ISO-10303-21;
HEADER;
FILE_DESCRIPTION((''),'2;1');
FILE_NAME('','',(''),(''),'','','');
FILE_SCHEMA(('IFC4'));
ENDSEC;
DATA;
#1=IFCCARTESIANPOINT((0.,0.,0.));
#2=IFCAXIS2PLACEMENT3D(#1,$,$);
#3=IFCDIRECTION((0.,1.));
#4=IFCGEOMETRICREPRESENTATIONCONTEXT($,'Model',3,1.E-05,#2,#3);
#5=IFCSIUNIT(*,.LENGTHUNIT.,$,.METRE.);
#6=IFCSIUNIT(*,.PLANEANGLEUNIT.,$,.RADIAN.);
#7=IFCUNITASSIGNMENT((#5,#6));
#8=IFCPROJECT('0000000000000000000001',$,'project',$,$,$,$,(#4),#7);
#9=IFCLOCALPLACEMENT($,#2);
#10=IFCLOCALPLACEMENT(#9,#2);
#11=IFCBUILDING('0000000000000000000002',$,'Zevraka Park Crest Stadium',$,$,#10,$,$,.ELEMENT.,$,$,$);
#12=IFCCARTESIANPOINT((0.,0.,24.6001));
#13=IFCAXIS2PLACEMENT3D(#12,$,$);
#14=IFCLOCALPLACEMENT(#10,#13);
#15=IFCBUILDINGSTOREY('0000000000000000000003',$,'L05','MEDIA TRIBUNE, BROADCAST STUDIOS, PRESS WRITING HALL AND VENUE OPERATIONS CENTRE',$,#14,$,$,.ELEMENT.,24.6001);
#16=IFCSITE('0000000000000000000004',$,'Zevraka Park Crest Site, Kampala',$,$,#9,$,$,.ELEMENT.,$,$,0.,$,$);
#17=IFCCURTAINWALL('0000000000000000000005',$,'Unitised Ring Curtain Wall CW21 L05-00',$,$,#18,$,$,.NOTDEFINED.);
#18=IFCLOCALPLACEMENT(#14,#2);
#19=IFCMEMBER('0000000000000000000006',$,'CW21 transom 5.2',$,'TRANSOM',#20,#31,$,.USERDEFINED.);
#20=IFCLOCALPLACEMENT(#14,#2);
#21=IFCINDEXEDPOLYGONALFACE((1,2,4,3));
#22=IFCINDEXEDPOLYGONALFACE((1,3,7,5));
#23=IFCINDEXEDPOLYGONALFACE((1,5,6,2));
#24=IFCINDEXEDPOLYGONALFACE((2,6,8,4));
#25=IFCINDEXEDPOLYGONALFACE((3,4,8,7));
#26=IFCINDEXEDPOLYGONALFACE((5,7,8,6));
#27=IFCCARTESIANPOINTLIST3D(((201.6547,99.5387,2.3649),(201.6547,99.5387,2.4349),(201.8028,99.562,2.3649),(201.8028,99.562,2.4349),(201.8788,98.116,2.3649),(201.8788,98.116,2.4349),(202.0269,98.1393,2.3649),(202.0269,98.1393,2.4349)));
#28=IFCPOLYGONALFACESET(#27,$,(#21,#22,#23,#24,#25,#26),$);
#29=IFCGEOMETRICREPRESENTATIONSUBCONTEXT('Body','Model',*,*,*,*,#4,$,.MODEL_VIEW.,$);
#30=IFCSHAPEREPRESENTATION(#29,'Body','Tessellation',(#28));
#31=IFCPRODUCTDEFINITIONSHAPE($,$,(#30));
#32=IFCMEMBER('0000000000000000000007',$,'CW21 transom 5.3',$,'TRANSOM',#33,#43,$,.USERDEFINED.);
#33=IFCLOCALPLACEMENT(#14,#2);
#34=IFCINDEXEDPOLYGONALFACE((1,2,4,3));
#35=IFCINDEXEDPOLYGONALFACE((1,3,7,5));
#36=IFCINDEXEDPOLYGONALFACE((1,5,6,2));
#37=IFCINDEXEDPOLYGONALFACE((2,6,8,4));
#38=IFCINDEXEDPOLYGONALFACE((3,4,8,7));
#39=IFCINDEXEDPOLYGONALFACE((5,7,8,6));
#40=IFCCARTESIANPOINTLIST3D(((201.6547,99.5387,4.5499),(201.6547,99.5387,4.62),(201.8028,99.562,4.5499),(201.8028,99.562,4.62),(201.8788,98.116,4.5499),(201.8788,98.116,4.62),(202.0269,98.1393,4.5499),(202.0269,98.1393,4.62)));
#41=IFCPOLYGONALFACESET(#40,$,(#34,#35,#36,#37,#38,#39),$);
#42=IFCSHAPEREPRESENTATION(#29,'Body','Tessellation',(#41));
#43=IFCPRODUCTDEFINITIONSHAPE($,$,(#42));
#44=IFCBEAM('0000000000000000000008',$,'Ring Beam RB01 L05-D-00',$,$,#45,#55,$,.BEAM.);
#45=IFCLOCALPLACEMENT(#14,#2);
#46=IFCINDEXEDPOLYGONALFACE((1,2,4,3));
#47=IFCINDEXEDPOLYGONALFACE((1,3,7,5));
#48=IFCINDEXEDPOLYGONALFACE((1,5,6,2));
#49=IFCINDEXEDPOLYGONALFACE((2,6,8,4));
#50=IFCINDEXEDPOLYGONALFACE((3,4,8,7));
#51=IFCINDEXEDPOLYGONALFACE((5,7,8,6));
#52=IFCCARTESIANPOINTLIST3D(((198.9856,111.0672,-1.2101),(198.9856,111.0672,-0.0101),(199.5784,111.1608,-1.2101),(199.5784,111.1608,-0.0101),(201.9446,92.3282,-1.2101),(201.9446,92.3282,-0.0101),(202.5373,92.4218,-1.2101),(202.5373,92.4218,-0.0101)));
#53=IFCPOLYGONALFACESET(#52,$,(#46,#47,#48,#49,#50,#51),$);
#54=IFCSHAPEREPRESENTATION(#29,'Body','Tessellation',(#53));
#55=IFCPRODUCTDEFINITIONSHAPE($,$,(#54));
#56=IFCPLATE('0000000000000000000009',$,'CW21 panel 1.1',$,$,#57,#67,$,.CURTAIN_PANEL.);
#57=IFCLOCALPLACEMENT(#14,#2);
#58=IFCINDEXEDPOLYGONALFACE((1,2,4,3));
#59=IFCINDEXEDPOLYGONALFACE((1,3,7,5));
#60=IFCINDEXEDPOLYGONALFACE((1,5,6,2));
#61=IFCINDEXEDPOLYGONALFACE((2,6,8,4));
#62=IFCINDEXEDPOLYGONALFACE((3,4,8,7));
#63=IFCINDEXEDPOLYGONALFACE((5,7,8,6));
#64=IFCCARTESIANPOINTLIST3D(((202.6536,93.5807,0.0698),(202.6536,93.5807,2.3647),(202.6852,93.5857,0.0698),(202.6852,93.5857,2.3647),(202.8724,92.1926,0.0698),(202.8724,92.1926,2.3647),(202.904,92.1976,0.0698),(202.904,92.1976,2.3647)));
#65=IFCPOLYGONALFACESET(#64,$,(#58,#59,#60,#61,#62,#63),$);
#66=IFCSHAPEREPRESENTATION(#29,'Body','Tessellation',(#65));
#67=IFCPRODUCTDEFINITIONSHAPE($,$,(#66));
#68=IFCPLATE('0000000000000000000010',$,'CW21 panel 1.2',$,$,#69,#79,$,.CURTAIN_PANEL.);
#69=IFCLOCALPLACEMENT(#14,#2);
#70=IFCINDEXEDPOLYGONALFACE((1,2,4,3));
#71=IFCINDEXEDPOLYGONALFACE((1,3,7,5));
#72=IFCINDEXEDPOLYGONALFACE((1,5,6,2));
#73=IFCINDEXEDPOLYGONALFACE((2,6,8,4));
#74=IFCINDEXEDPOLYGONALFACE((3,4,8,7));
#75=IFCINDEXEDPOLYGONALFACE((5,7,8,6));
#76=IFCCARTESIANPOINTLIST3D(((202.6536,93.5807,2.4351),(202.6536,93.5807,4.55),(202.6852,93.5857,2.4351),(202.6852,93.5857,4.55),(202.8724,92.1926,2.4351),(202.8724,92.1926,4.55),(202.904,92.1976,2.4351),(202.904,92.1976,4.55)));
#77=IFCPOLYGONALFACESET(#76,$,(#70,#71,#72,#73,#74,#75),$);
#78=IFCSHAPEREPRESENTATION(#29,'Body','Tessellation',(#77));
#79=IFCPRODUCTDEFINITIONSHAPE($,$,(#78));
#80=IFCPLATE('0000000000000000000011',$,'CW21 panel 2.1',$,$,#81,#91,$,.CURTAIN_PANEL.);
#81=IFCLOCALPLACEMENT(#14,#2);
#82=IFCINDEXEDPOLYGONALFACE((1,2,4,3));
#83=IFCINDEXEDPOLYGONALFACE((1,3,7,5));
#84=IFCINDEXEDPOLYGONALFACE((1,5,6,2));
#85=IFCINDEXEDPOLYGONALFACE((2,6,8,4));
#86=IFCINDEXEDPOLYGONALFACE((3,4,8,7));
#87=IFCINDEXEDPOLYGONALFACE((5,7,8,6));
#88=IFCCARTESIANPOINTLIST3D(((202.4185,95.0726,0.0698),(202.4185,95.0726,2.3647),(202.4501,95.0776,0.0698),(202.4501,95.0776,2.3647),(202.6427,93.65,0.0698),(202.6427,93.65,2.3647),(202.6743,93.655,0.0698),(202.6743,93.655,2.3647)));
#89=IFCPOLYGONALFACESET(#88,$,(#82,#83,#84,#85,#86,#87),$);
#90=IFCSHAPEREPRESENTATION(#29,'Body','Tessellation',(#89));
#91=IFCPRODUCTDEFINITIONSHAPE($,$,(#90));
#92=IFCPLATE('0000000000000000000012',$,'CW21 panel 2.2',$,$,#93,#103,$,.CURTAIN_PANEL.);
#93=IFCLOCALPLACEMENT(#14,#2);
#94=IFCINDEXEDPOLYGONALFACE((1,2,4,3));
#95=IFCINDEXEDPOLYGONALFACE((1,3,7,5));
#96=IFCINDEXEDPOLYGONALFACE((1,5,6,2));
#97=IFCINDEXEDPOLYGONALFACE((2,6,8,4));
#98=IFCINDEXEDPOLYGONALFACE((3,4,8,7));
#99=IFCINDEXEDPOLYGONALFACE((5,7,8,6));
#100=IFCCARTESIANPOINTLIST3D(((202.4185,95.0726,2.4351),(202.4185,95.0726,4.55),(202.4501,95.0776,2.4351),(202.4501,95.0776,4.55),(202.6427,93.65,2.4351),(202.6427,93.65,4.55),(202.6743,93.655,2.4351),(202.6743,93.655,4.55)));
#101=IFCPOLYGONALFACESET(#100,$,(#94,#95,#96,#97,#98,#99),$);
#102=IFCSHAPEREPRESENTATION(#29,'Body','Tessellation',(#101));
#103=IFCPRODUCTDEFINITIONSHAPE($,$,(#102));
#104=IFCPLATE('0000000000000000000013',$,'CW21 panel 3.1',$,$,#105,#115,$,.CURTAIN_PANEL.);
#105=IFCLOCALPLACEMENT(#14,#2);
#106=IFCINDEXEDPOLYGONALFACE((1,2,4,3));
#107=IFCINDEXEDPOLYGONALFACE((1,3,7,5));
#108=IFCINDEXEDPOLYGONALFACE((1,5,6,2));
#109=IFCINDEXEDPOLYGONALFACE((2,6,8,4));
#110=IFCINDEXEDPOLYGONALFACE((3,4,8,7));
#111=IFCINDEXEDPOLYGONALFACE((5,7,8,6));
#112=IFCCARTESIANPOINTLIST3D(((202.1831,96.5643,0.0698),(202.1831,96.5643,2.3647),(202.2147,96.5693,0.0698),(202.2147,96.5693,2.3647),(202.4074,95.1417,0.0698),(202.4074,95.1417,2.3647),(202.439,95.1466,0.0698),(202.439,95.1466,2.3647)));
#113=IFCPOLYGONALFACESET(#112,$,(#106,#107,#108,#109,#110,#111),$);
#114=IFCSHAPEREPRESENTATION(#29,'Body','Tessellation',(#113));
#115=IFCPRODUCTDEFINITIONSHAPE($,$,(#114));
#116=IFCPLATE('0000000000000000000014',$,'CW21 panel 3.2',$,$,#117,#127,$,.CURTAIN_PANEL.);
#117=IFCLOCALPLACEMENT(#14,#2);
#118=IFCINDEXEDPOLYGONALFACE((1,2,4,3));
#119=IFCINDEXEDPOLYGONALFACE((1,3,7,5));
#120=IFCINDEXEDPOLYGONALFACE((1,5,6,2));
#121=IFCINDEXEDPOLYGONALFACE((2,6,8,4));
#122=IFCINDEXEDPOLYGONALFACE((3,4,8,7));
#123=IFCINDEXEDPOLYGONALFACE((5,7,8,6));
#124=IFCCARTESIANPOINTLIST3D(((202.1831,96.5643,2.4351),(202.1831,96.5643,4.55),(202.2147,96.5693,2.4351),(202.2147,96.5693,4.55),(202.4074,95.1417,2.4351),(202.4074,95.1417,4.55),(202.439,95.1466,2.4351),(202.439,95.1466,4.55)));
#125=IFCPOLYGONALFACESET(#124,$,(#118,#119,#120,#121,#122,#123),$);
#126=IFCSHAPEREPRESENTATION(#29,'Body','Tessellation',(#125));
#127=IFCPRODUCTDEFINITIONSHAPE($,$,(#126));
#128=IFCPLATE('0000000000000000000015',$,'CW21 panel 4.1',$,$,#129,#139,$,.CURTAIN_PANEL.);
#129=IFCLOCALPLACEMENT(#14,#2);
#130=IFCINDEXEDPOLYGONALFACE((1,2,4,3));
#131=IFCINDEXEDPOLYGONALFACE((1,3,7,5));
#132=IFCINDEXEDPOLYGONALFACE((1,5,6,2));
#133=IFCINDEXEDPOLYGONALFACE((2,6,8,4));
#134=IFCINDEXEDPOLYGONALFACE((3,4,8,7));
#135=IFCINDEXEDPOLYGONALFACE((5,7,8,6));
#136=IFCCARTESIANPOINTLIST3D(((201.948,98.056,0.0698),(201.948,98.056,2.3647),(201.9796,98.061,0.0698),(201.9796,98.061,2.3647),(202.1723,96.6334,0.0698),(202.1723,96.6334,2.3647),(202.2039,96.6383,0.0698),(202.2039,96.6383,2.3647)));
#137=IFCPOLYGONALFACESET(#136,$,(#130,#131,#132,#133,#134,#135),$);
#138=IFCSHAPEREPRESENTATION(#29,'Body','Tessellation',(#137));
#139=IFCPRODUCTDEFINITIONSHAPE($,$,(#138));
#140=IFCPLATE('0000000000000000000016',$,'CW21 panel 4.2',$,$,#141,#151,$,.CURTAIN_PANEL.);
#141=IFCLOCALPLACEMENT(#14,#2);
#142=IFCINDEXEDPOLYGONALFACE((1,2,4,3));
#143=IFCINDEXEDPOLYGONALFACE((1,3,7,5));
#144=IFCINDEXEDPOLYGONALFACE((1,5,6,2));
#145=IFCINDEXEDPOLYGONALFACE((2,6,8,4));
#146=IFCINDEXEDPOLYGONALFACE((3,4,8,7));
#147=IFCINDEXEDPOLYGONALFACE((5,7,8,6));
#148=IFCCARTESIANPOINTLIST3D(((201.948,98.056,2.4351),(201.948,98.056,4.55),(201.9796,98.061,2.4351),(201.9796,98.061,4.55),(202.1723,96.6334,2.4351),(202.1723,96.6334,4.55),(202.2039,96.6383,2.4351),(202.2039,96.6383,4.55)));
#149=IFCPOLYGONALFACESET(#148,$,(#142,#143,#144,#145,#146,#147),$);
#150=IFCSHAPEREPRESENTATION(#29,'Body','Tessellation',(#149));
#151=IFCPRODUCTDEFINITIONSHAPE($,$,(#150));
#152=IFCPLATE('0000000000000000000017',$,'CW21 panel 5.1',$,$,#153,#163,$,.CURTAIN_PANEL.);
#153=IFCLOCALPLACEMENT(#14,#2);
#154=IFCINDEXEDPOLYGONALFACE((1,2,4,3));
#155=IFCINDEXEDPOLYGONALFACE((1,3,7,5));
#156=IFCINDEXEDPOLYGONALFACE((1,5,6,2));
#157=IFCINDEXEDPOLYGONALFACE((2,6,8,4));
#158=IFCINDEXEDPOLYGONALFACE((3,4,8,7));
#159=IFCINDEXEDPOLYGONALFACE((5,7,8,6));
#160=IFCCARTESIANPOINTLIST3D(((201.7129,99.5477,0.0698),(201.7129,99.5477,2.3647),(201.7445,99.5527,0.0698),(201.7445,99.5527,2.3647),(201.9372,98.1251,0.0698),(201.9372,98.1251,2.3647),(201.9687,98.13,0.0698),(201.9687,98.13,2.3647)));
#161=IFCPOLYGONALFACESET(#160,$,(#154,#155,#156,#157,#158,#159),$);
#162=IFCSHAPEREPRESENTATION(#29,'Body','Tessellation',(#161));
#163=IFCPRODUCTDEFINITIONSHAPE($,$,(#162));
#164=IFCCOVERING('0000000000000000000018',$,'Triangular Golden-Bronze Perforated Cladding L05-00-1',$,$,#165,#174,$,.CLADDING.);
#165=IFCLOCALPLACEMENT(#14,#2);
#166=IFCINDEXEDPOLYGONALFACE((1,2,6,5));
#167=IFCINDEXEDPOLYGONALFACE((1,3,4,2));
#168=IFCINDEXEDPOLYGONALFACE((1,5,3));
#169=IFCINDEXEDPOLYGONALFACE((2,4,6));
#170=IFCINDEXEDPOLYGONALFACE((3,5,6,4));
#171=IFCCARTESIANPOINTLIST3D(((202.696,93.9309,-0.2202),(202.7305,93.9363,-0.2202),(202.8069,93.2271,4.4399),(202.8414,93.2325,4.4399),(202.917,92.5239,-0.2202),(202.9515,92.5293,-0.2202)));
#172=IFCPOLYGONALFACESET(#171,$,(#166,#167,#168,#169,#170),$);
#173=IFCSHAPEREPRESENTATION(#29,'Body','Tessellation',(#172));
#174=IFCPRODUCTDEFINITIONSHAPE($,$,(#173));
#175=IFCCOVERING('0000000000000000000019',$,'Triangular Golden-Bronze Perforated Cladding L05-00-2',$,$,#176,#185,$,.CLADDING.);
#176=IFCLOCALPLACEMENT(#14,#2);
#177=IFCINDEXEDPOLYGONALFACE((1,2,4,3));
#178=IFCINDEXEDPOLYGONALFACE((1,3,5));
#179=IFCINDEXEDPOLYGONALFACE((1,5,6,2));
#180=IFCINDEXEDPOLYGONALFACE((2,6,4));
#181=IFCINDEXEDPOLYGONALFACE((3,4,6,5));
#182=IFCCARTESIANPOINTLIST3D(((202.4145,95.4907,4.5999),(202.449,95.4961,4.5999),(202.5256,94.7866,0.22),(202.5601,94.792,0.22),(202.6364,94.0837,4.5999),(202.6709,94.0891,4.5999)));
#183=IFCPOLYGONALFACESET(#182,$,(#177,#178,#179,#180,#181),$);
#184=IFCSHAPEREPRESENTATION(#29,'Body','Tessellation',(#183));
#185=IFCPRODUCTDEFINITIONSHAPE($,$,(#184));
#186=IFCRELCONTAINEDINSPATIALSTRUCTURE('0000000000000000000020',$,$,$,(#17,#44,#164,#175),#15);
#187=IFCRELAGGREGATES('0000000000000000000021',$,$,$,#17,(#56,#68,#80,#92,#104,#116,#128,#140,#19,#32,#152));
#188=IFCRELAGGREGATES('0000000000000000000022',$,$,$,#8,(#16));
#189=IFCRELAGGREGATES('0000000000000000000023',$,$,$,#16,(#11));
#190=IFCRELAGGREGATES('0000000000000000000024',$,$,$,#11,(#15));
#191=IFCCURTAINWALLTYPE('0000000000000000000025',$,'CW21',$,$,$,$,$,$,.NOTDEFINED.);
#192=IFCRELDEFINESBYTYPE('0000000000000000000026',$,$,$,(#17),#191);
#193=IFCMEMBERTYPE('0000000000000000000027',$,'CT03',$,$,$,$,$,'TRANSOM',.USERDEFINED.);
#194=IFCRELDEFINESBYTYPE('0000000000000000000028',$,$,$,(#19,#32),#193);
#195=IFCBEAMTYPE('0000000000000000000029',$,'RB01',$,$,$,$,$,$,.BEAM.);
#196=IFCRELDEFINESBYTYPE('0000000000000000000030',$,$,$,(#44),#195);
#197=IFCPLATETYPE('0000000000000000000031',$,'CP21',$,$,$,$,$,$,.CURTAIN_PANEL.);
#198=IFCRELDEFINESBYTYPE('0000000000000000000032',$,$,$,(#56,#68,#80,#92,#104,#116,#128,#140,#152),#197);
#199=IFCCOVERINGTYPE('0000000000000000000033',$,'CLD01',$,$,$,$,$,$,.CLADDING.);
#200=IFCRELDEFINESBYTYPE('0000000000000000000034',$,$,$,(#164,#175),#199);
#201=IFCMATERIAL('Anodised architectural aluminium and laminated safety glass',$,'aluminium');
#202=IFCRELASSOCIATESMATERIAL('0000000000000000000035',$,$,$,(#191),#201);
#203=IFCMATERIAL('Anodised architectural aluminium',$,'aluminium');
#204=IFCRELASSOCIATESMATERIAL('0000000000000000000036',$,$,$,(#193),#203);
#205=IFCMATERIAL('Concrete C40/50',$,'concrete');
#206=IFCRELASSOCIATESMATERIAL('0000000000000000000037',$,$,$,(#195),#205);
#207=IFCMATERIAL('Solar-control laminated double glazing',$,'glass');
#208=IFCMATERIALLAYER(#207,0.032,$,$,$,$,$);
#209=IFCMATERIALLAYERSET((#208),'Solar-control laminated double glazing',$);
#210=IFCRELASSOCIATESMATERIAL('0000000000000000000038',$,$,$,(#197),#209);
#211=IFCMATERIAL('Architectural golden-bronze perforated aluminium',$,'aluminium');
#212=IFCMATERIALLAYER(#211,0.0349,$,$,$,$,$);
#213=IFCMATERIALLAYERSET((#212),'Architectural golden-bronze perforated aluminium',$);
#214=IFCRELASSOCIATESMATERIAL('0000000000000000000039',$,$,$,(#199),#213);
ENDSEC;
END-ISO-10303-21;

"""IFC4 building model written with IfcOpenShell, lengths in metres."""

from ifc_helpers import new_model, si_unit, direction, frame, origin, origin_2d, place, context, subcontext, project, spatial, polyline, rectangle, outline, extrude, material, layer, layer_set, material_profile, profile_set, type_object, element, aggregate, save


model = new_model("IFC4")

# Units and contexts
model_context = context("Model", 3, precision=1e-05, world=origin(), true_north=direction((0.0, 1.0)))
body_context = subcontext(model_context, "Body", "Model", "MODEL_VIEW")
ifc_project = project(units=[si_unit("LENGTHUNIT", "METRE"), si_unit("PLANEANGLEUNIT", "RADIAN")], contexts=[model_context])

# Site, building, storey
site_placement = place(None, origin())
site = spatial("IfcSite", under=ifc_project, at=site_placement, Name="Zevraka Park Crest Site, Kampala", CompositionType="ELEMENT", RefElevation=0.0)
building_placement = place(site_placement, origin())
building = spatial("IfcBuilding", under=site, at=building_placement, Name="Zevraka Park Crest Stadium", CompositionType="ELEMENT")
storey_placement = place(building_placement, frame((0.0, 0.0, 24.6001)))
storey = spatial("IfcBuildingStorey", under=building, at=storey_placement, Name="L05", Description="MEDIA TRIBUNE, BROADCAST STUDIOS, PRESS WRITING HALL AND VENUE OPERATIONS CENTRE", CompositionType="ELEMENT", Elevation=24.6001)

# Curtain wall, members
ifc_material_1 = material(Name="Anodised architectural aluminium and laminated safety glass", Category="aluminium")
curtain_wall_type = type_object("IfcCurtainWallType", Name="CW21", PredefinedType="NOTDEFINED", material=ifc_material_1)
curtain_wall_placement = place(storey_placement, origin())
curtain_wall = element("IfcCurtainWall", 1, at=curtain_wall_placement, inside=storey, type_object=curtain_wall_type, Name="Unitised Ring Curtain Wall CW21 L05-00", PredefinedType="NOTDEFINED")
ifc_material_2 = material(Name="Anodised architectural aluminium", Category="aluminium")
ifc_material_profile_1 = material_profile(ifc_material_2, rectangle(XDim=0.1499, YDim=0.0701, at=origin_2d()), Name="ALU TRANSOM 150x70")
ifc_profile_set_1 = profile_set([ifc_material_profile_1], Name="Anodised architectural aluminium")
member_type_1 = type_object("IfcMemberType", Name="CT03", ElementType="TRANSOM", PredefinedType="USERDEFINED", material=ifc_profile_set_1)
member_1_placement = place(storey_placement, frame((201.9529, 98.1277, 2.3999), z_axis=(-0.155623, 0.987817, 0.0), x_axis=(-0.987817, -0.155623, 0.0)))
member_1 = element("IfcMember", 2, at=member_1_placement, type_object=member_type_1, Name="CW21 transom 5.2", ObjectType="TRANSOM", PredefinedType="USERDEFINED", context=body_context, shape_type="SweptSolid", body=[
    extrude(rectangle(XDim=0.1499, YDim=0.0701, at=origin_2d()), origin(), (0.0, 0.0, 1.0), 1.4402),
])
member_2_placement = place(storey_placement, frame((201.9529, 98.1277, 4.585), z_axis=(-0.155623, 0.987817, 0.0), x_axis=(-0.987817, -0.155623, 0.0)))
member_2 = element("IfcMember", 3, at=member_2_placement, type_object=member_type_1, Name="CW21 transom 5.3", ObjectType="TRANSOM", PredefinedType="USERDEFINED", context=body_context, shape_type="SweptSolid", body=[
    extrude(rectangle(XDim=0.1499, YDim=0.0701, at=origin_2d()), origin(), (0.0, 0.0, 1.0), 1.4402),
])

# Beam
ifc_material_3 = material(Name="Concrete C40/50", Category="concrete")
ifc_material_profile_2 = material_profile(ifc_material_3, rectangle(XDim=0.6001, YDim=1.2, at=origin_2d()), Name="RC 1200x600")
ifc_profile_set_2 = profile_set([ifc_material_profile_2], Name="Concrete C40/50")
beam_type = type_object("IfcBeamType", Name="RB01", PredefinedType="BEAM", material=ifc_profile_set_2)
beam_placement = place(storey_placement, frame((202.241, 92.375, -0.6101), z_axis=(-0.155972, 0.987761, 0.0), x_axis=(-0.987761, -0.155972, 0.0)))
element("IfcBeam", 4, at=beam_placement, inside=storey, type_object=beam_type, Name="Ring Beam RB01 L05-D-00", PredefinedType="BEAM", context=body_context, shape_type="SweptSolid", body=[
    extrude(rectangle(XDim=0.6001, YDim=1.2, at=origin_2d()), origin(), (0.0, 0.0, 1.0), 18.9712),
])

# Plates
ifc_material_4 = material(Name="Solar-control laminated double glazing", Category="glass")
ifc_layer_1 = layer(ifc_material_4, 0.032)
ifc_layer_set_1 = layer_set([ifc_layer_1], Name="Solar-control laminated double glazing")
plate_type = type_object("IfcPlateType", Name="CP21", PredefinedType="CURTAIN_PANEL", material=ifc_layer_set_1)
plate_1_placement = place(storey_placement, frame((202.7788, 92.8892, 0.0698), z_axis=(0.0, 0.0, 1.0), x_axis=(-0.155711, 0.987803, 0.0)))
plate_1 = element("IfcPlate", 5, at=plate_1_placement, type_object=plate_type, Name="CW21 panel 1.1", PredefinedType="CURTAIN_PANEL", context=body_context, shape_type="SweptSolid", body=[
    extrude(rectangle(XDim=1.4053, YDim=0.032, at=origin_2d()), origin(), (0.0, 0.0, 1.0), 2.2949),
])
plate_2_placement = place(storey_placement, frame((202.7788, 92.8892, 2.4351), z_axis=(0.0, 0.0, 1.0), x_axis=(-0.155711, 0.987803, 0.0)))
plate_2 = element("IfcPlate", 6, at=plate_2_placement, type_object=plate_type, Name="CW21 panel 1.2", PredefinedType="CURTAIN_PANEL", context=body_context, shape_type="SweptSolid", body=[
    extrude(rectangle(XDim=1.4053, YDim=0.032, at=origin_2d()), origin(), (0.0, 0.0, 1.0), 2.115),
])
plate_3_placement = place(storey_placement, frame((202.5464, 94.3638, 0.0698), z_axis=(0.0, 0.0, 1.0), x_axis=(-0.155711, 0.987803, 0.0)))
plate_3 = element("IfcPlate", 7, at=plate_3_placement, type_object=plate_type, Name="CW21 panel 2.1", PredefinedType="CURTAIN_PANEL", context=body_context, shape_type="SweptSolid", body=[
    extrude(rectangle(XDim=1.4402, YDim=0.032, at=origin_2d()), origin(), (0.0, 0.0, 1.0), 2.2949),
])
plate_4_placement = place(storey_placement, frame((202.5464, 94.3638, 2.4351), z_axis=(0.0, 0.0, 1.0), x_axis=(-0.155711, 0.987803, 0.0)))
plate_4 = element("IfcPlate", 8, at=plate_4_placement, type_object=plate_type, Name="CW21 panel 2.2", PredefinedType="CURTAIN_PANEL", context=body_context, shape_type="SweptSolid", body=[
    extrude(rectangle(XDim=1.4402, YDim=0.032, at=origin_2d()), origin(), (0.0, 0.0, 1.0), 2.115),
])
plate_5_placement = place(storey_placement, frame((202.311, 95.8555, 0.0698), z_axis=(0.0, 0.0, 1.0), x_axis=(-0.155711, 0.987803, 0.0)))
plate_5 = element("IfcPlate", 9, at=plate_5_placement, type_object=plate_type, Name="CW21 panel 3.1", PredefinedType="CURTAIN_PANEL", context=body_context, shape_type="SweptSolid", body=[
    extrude(rectangle(XDim=1.4402, YDim=0.032, at=origin_2d()), origin(), (0.0, 0.0, 1.0), 2.2949),
])
plate_6_placement = place(storey_placement, frame((202.311, 95.8555, 2.4351), z_axis=(0.0, 0.0, 1.0), x_axis=(-0.155711, 0.987803, 0.0)))
plate_6 = element("IfcPlate", 10, at=plate_6_placement, type_object=plate_type, Name="CW21 panel 3.2", PredefinedType="CURTAIN_PANEL", context=body_context, shape_type="SweptSolid", body=[
    extrude(rectangle(XDim=1.4402, YDim=0.032, at=origin_2d()), origin(), (0.0, 0.0, 1.0), 2.115),
])
plate_7_placement = place(storey_placement, frame((202.0759, 97.3472, 0.0698), z_axis=(0.0, 0.0, 1.0), x_axis=(-0.155711, 0.987803, 0.0)))
plate_7 = element("IfcPlate", 11, at=plate_7_placement, type_object=plate_type, Name="CW21 panel 4.1", PredefinedType="CURTAIN_PANEL", context=body_context, shape_type="SweptSolid", body=[
    extrude(rectangle(XDim=1.4402, YDim=0.032, at=origin_2d()), origin(), (0.0, 0.0, 1.0), 2.2949),
])
plate_8_placement = place(storey_placement, frame((202.0759, 97.3472, 2.4351), z_axis=(0.0, 0.0, 1.0), x_axis=(-0.155711, 0.987803, 0.0)))
plate_8 = element("IfcPlate", 12, at=plate_8_placement, type_object=plate_type, Name="CW21 panel 4.2", PredefinedType="CURTAIN_PANEL", context=body_context, shape_type="SweptSolid", body=[
    extrude(rectangle(XDim=1.4402, YDim=0.032, at=origin_2d()), origin(), (0.0, 0.0, 1.0), 2.115),
])
plate_9_placement = place(storey_placement, frame((201.8408, 98.8389, 0.0698), z_axis=(0.0, 0.0, 1.0), x_axis=(-0.155711, 0.987803, 0.0)))
plate_9 = element("IfcPlate", 13, at=plate_9_placement, type_object=plate_type, Name="CW21 panel 5.1", PredefinedType="CURTAIN_PANEL", context=body_context, shape_type="SweptSolid", body=[
    extrude(rectangle(XDim=1.4402, YDim=0.032, at=origin_2d()), origin(), (0.0, 0.0, 1.0), 2.2949),
])
aggregate(curtain_wall, [plate_1, plate_2, plate_3, plate_4, plate_5, plate_6, plate_7, plate_8, member_1, member_2, plate_9])

# Coverings
ifc_material_5 = material(Name="Architectural golden-bronze perforated aluminium", Category="aluminium")
ifc_layer_2 = layer(ifc_material_5, 0.0349)
ifc_layer_set_2 = layer_set([ifc_layer_2], Name="Architectural golden-bronze perforated aluminium")
covering_type = type_object("IfcCoveringType", Name="CLD01", PredefinedType="CLADDING", material=ifc_layer_set_2)
covering_1_placement = place(storey_placement, frame((202.917, 92.5239, -0.2202), z_axis=(-0.987893, -0.155135, 0.000065), x_axis=(-0.155135, 0.987893, 0.0)))
element("IfcCovering", 14, at=covering_1_placement, inside=storey, type_object=covering_type, Name="Triangular Golden-Bronze Perforated Cladding L05-00-1", PredefinedType="CLADDING", context=body_context, shape_type="SweptSolid", body=[
    extrude(outline(polyline([(0.0, 0.0), (1.4242, 0.0), (0.7117, -4.6602), (0.0, 0.0)])), origin(), (0.0, 0.0, -1.0), 0.0349),
])
covering_2_placement = place(storey_placement, frame((202.449, 95.4961, 4.5999), z_axis=(0.987788, 0.155804, 0.000006), x_axis=(0.155804, -0.987788, 0.0)))
element("IfcCovering", 15, at=covering_2_placement, inside=storey, type_object=covering_type, Name="Triangular Golden-Bronze Perforated Cladding L05-00-2", PredefinedType="CLADDING", context=body_context, shape_type="SweptSolid", body=[
    extrude(outline(polyline([(0.0, 0.0), (1.4244, 0.0), (0.7128, 4.3799), (0.0, 0.0)])), origin(), (0.0, 0.0, -1.0), 0.0349),
])

save(model, "model.ifc")
